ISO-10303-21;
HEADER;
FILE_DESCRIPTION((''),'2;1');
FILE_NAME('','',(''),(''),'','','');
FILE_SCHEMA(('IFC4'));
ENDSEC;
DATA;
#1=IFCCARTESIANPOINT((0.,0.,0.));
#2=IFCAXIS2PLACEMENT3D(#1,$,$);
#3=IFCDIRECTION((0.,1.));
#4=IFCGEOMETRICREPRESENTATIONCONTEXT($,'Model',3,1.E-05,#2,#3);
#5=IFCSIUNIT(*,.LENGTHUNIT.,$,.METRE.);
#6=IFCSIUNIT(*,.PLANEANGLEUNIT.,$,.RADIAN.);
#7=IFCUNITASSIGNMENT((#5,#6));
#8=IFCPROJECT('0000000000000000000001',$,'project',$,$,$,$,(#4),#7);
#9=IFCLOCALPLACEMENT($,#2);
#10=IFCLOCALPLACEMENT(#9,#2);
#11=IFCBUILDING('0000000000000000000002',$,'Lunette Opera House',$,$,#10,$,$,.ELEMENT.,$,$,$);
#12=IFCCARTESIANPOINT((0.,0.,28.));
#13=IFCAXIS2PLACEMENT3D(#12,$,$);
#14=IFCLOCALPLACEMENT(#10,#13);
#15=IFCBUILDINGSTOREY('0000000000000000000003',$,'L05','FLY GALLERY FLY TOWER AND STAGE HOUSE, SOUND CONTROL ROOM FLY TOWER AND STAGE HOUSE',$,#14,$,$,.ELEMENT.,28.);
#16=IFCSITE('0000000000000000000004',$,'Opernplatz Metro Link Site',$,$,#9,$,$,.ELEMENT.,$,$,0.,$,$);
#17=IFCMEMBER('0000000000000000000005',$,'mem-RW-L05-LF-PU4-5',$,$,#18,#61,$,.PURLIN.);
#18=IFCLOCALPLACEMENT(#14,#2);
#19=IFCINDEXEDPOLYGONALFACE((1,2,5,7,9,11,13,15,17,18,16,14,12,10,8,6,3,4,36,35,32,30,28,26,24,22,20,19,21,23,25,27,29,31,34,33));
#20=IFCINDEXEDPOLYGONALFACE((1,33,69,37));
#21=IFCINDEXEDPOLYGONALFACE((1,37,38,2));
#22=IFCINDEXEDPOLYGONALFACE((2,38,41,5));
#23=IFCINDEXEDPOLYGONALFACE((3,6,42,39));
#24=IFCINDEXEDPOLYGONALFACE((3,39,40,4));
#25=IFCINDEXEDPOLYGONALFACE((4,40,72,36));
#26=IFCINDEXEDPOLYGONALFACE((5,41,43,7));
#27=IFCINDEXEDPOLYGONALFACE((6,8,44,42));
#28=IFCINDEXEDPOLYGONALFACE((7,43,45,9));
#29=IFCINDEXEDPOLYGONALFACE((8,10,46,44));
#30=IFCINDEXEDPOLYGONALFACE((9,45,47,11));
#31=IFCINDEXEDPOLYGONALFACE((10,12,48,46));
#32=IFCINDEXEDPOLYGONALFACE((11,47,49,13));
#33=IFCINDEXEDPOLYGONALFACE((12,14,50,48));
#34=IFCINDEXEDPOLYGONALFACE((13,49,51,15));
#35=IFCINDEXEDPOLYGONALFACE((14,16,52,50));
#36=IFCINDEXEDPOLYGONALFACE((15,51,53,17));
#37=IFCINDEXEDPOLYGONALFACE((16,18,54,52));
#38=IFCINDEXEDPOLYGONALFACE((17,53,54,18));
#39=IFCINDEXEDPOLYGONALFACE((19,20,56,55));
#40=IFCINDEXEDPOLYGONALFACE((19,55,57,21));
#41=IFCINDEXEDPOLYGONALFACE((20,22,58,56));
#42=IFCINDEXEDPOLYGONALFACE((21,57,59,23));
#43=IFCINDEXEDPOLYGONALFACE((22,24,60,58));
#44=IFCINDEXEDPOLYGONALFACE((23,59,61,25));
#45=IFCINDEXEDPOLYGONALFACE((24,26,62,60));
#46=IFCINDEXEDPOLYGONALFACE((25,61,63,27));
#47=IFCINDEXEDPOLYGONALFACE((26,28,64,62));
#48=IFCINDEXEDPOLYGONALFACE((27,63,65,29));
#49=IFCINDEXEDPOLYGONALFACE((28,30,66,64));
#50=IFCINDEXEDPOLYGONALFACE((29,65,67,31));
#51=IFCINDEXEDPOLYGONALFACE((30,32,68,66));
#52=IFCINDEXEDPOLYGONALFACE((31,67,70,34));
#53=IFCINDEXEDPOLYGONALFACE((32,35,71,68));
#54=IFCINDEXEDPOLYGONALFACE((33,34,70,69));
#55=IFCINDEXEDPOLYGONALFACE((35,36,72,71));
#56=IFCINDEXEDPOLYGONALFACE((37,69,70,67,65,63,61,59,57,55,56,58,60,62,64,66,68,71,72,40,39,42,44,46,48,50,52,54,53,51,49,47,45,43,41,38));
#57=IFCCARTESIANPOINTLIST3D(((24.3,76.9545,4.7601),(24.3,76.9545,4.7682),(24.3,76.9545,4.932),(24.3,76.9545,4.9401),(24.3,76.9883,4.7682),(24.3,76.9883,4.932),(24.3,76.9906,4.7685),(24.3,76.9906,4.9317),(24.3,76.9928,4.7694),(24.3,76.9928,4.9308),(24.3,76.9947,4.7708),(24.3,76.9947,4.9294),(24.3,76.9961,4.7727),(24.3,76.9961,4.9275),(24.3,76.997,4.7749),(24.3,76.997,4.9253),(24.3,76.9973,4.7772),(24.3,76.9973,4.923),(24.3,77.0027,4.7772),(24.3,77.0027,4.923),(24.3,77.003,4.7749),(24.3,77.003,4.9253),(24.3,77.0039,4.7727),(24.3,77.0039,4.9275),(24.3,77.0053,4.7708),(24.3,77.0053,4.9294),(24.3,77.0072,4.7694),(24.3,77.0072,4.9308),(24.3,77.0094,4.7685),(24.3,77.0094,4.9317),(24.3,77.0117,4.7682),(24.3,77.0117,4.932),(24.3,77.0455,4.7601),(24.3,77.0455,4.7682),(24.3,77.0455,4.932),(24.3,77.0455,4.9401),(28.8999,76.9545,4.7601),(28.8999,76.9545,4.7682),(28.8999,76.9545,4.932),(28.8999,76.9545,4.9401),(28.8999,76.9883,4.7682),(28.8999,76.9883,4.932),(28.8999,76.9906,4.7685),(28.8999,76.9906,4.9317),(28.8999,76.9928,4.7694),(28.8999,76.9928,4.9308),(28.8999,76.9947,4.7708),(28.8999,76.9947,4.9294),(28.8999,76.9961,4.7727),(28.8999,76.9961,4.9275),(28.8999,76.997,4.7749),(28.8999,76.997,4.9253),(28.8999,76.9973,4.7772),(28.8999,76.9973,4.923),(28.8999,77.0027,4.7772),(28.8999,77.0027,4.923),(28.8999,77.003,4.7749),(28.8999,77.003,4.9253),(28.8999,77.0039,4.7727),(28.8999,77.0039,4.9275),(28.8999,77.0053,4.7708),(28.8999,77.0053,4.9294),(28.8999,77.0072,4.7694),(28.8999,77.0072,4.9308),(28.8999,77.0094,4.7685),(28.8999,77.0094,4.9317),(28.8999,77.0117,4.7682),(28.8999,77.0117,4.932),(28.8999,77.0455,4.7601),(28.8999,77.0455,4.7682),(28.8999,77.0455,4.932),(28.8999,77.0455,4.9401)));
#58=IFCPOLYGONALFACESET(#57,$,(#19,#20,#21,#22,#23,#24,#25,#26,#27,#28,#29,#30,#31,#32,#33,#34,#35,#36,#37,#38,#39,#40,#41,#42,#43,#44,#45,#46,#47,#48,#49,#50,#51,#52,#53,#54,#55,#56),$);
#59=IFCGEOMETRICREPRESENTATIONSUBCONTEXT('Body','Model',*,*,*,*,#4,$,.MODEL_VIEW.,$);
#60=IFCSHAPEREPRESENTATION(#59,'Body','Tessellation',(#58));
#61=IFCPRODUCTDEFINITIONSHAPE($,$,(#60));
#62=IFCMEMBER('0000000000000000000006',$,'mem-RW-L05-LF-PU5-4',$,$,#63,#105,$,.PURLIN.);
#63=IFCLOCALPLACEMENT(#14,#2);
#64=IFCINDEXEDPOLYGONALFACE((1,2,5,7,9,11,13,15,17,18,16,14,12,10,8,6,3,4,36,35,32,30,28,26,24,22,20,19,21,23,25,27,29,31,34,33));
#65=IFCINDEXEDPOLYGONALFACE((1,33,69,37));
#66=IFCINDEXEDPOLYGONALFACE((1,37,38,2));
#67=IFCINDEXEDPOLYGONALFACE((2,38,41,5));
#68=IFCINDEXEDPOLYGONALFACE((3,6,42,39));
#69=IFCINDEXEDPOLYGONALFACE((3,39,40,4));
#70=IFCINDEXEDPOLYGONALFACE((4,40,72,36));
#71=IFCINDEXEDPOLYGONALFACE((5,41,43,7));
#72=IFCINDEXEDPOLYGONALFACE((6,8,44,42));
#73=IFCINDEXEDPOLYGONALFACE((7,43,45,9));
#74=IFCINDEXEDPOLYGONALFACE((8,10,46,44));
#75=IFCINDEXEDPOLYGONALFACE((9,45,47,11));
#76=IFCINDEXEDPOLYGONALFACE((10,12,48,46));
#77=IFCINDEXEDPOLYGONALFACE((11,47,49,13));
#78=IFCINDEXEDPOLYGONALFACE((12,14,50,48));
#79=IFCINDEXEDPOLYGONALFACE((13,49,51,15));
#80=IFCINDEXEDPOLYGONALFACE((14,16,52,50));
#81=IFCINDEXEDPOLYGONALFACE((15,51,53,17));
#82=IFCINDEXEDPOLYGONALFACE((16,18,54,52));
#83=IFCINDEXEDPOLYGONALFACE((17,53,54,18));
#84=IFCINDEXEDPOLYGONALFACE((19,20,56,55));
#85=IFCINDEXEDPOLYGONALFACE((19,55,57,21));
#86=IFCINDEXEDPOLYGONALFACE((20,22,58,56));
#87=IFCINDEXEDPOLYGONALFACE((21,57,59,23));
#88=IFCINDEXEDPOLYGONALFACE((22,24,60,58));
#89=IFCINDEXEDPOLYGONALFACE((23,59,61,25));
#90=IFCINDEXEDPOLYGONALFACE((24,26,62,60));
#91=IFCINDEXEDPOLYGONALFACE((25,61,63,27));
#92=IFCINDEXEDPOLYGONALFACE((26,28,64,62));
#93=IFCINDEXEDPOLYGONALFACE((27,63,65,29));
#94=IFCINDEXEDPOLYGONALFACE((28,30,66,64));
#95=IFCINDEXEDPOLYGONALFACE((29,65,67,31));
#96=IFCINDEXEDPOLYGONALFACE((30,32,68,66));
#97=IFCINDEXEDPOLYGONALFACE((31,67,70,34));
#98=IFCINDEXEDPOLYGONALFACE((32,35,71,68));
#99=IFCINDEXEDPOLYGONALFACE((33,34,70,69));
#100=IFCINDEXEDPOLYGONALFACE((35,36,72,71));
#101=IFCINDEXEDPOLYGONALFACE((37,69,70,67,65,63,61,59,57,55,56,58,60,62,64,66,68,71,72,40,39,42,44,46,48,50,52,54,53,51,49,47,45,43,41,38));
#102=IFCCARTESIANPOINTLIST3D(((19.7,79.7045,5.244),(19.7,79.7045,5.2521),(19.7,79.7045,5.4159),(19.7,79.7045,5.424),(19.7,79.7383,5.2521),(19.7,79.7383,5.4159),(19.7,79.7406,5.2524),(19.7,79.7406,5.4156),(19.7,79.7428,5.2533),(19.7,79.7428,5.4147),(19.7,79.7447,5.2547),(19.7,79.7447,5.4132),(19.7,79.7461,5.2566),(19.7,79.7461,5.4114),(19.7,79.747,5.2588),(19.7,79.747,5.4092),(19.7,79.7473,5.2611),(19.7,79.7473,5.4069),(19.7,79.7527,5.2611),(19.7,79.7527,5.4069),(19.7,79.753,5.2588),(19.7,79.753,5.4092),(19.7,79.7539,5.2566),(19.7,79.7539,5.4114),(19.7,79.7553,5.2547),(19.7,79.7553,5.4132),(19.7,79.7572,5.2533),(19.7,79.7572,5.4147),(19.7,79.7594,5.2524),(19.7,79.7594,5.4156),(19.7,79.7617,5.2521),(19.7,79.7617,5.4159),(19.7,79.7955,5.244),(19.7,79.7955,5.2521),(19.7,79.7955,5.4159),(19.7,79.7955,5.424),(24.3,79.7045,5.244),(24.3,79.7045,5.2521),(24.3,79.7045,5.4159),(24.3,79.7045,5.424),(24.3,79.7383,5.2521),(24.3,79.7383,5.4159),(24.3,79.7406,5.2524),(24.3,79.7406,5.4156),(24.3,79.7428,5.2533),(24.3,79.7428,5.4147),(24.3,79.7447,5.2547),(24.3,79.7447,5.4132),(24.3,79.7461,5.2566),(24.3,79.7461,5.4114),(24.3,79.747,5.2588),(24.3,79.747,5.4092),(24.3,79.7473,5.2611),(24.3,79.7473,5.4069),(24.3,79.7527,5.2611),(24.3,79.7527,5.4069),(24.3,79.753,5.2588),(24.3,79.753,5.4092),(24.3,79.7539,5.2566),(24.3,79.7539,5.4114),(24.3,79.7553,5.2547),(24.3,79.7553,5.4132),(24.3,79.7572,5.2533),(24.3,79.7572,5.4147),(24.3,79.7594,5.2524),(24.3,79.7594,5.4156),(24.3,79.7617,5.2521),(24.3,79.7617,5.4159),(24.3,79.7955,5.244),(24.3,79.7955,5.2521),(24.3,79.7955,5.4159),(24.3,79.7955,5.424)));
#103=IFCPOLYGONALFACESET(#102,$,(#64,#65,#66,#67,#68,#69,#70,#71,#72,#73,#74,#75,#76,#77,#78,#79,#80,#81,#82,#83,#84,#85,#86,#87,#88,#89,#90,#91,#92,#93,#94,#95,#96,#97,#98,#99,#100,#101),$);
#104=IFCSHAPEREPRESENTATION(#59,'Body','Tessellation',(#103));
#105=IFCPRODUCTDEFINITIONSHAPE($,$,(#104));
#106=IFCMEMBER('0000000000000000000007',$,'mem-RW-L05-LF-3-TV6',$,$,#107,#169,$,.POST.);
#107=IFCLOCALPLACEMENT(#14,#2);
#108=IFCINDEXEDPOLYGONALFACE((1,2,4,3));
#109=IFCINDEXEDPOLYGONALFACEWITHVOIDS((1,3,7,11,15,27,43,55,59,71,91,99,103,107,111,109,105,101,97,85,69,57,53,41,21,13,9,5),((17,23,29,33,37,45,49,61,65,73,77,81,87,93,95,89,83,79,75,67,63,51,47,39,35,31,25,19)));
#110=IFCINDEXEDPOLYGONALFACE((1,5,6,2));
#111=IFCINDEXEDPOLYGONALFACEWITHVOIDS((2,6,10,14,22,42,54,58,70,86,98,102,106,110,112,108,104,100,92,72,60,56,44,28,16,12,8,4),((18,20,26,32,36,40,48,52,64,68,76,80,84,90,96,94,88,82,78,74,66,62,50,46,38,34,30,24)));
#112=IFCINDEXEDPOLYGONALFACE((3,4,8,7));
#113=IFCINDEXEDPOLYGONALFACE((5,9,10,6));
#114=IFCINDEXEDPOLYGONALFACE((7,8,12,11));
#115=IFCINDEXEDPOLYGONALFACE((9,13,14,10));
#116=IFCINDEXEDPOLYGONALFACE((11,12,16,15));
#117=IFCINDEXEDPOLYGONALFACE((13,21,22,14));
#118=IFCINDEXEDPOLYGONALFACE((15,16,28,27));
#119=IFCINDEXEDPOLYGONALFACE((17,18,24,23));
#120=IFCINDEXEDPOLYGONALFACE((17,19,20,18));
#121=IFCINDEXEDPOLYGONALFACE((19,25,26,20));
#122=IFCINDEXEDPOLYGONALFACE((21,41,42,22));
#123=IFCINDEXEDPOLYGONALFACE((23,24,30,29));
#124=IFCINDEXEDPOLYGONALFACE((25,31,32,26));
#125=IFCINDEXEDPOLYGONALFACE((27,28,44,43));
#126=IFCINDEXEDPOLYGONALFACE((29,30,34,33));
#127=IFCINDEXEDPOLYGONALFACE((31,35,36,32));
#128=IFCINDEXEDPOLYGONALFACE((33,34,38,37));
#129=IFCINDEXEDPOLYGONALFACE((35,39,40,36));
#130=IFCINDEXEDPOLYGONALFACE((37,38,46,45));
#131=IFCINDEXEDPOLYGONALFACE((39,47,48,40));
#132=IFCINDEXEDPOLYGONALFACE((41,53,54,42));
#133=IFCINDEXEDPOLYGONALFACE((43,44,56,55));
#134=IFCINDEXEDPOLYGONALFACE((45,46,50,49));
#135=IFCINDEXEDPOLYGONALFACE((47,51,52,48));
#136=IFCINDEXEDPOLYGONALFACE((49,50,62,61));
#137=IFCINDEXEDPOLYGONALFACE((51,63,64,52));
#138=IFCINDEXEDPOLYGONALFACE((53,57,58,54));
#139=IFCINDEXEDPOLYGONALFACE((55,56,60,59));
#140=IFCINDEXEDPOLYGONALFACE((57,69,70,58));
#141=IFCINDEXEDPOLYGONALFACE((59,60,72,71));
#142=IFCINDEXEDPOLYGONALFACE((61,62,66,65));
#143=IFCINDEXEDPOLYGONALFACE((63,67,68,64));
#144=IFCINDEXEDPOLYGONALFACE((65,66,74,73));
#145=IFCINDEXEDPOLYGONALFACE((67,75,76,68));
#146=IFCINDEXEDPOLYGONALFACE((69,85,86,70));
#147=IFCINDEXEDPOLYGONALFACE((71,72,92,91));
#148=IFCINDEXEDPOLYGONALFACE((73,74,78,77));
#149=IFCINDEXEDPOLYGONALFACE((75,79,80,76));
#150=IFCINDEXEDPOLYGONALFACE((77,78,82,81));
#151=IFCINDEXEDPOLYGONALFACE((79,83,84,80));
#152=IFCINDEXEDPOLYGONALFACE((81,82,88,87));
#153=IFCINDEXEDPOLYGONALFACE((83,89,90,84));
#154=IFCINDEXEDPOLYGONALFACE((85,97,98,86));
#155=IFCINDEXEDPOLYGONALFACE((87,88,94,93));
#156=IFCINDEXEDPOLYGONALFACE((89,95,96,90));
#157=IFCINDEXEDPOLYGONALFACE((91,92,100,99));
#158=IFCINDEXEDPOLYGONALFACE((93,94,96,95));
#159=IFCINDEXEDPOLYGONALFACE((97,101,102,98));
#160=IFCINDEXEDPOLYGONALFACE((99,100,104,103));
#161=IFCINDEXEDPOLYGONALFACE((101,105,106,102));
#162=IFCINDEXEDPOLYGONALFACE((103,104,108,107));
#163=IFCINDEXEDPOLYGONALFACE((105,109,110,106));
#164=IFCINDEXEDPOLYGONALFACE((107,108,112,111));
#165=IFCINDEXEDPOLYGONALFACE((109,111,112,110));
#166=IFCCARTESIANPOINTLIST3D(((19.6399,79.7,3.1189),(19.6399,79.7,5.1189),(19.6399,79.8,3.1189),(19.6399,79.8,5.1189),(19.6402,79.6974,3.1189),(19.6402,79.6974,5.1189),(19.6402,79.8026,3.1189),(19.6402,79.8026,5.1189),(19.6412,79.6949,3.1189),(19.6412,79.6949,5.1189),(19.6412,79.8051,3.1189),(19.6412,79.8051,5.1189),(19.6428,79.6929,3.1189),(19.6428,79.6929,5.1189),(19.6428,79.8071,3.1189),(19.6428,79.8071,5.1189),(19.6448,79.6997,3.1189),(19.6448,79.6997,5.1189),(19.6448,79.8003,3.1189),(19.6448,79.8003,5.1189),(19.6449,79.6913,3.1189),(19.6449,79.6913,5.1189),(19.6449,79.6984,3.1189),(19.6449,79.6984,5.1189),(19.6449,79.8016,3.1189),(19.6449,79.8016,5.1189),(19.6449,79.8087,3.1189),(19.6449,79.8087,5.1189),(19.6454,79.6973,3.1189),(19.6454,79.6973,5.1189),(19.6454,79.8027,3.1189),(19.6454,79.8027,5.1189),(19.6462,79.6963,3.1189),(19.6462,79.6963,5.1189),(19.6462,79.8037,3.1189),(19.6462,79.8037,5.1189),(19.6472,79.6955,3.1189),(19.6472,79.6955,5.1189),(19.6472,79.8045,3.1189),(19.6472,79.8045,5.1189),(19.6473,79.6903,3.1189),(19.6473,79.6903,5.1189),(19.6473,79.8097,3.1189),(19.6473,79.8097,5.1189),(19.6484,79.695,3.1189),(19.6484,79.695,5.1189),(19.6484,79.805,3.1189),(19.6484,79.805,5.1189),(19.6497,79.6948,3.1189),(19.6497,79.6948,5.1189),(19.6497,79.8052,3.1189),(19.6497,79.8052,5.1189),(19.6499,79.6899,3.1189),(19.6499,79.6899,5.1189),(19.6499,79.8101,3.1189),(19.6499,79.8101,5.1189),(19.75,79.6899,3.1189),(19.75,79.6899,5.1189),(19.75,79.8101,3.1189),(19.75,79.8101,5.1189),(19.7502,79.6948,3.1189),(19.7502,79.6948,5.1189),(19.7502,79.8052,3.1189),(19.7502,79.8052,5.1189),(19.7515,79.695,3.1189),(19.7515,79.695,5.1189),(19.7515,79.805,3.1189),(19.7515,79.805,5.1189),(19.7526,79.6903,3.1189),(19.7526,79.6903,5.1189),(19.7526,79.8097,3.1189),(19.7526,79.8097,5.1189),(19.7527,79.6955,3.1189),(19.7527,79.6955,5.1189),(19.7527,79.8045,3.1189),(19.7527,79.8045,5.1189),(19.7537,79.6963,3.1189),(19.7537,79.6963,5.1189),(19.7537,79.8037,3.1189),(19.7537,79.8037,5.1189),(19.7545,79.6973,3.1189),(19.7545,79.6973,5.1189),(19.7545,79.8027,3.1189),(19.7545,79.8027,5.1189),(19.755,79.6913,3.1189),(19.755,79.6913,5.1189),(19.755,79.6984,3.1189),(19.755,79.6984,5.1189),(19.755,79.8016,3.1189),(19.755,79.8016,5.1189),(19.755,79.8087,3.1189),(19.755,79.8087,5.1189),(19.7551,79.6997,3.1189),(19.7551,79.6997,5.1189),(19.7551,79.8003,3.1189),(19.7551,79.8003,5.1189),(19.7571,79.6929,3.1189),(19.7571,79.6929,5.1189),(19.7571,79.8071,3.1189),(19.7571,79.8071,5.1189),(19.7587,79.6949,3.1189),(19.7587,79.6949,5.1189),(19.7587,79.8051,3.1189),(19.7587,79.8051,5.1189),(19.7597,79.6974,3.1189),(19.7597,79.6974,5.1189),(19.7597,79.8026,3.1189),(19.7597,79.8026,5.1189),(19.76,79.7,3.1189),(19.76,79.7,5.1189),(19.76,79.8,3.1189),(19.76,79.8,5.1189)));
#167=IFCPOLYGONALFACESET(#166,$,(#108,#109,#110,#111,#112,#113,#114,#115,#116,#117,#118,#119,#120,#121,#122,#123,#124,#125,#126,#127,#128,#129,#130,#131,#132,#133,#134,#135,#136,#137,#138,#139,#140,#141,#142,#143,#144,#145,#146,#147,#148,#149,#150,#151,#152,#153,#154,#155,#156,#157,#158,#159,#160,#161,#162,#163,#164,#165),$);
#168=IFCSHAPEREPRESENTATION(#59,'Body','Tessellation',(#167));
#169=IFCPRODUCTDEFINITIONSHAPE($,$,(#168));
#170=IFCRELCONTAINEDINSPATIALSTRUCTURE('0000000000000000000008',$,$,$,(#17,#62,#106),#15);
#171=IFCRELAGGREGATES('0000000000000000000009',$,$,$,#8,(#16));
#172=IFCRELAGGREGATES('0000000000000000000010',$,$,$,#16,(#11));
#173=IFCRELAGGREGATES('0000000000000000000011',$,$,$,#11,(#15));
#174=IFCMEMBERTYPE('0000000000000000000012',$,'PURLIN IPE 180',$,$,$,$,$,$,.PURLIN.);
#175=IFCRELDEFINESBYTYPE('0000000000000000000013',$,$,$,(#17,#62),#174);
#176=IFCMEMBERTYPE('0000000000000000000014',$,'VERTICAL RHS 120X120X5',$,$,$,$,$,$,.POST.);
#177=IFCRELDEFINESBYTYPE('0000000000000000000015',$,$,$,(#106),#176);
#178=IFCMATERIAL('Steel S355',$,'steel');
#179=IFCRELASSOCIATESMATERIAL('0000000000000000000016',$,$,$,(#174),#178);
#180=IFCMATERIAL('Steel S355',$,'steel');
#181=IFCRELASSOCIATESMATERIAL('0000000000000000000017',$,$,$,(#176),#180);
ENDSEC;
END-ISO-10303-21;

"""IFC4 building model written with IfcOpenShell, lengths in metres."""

from ifc_helpers import new_model, si_unit, direction, frame, origin, origin_2d, place, context, subcontext, project, spatial, hollow_rectangle, i_section, extrude, material, material_profile, profile_set, type_object, element, save


model = new_model("IFC4")

# Units and contexts
model_context = context("Model", 3, precision=1e-05, world=origin(), true_north=direction((0.0, 1.0)))
body_context = subcontext(model_context, "Body", "Model", "MODEL_VIEW")
ifc_project = project(units=[si_unit("LENGTHUNIT", "METRE"), si_unit("PLANEANGLEUNIT", "RADIAN")], contexts=[model_context])

# Site, building, storey
site_placement = place(None, origin())
site = spatial("IfcSite", under=ifc_project, at=site_placement, Name="Opernplatz Metro Link Site", CompositionType="ELEMENT", RefElevation=0.0)
building_placement = place(site_placement, origin())
building = spatial("IfcBuilding", under=site, at=building_placement, Name="Lunette Opera House", CompositionType="ELEMENT")
storey_placement = place(building_placement, frame((0.0, 0.0, 28.0)))
storey = spatial("IfcBuildingStorey", under=building, at=storey_placement, Name="L05", Description="FLY GALLERY FLY TOWER AND STAGE HOUSE, SOUND CONTROL ROOM FLY TOWER AND STAGE HOUSE", CompositionType="ELEMENT", Elevation=28.0)

# Members
ifc_material_1 = material(Name="Steel S355", Category="steel")
ifc_material_profile_1 = material_profile(ifc_material_1, i_section(OverallWidth=0.0911, OverallDepth=0.1799, WebThickness=0.0054, FlangeThickness=0.0081, FilletRadius=0.009, at=origin_2d()), Name="IPE 180")
ifc_profile_set_1 = profile_set([ifc_material_profile_1], Name="Steel S355")
member_type_1 = type_object("IfcMemberType", Name="PURLIN IPE 180", PredefinedType="PURLIN", material=ifc_profile_set_1)
for number, where, z_axis, x_axis, name in (
    (1, (24.3, 77.0, 4.8501), (1.0, 0.0, 0.0), (0.0, 1.0, 0.0), "mem-RW-L05-LF-PU4-5"),
):
    element("IfcMember", number, at=place(storey_placement, frame(where, z_axis=z_axis, x_axis=x_axis)), inside=storey, type_object=member_type_1, Name=name, PredefinedType="PURLIN", context=body_context, shape_type="SweptSolid", body=[
        extrude(i_section(OverallWidth=0.0911, OverallDepth=0.1799, WebThickness=0.0054, FlangeThickness=0.0081, FilletRadius=0.009, at=origin_2d()), origin(), (0.0, 0.0, 1.0), 4.5999),
    ])
member_1_placement = place(storey_placement, frame((19.7, 79.75, 5.334), z_axis=(1.0, 0.0, 0.0), x_axis=(0.0, 1.0, 0.0)))
element("IfcMember", 2, at=member_1_placement, inside=storey, type_object=member_type_1, Name="mem-RW-L05-LF-PU5-4", PredefinedType="PURLIN", context=body_context, shape_type="SweptSolid", body=[
    extrude(i_section(OverallWidth=0.0911, OverallDepth=0.1799, WebThickness=0.0054, FlangeThickness=0.0081, FilletRadius=0.009, at=origin_2d()), origin(), (0.0, 0.0, 1.0), 4.6001),
])
ifc_material_2 = material(Name="Steel S355", Category="steel")
ifc_material_profile_2 = material_profile(ifc_material_2, hollow_rectangle(XDim=0.1201, YDim=0.1201, WallThickness=0.0049, InnerFilletRadius=0.0049, OuterFilletRadius=0.01, at=origin_2d()), Name="RHS 120X120X5")
ifc_profile_set_2 = profile_set([ifc_material_profile_2], Name="Steel S355")
member_type_2 = type_object("IfcMemberType", Name="VERTICAL RHS 120X120X5", PredefinedType="POST", material=ifc_profile_set_2)
for number, where, z_axis, x_axis, name in (
    (3, (19.7, 79.75, 3.1189), (0.0, 0.0, 1.0), (1.0, 0.0, 0.0), "mem-RW-L05-LF-3-TV6"),
):
    element("IfcMember", number, at=place(storey_placement, frame(where, z_axis=z_axis, x_axis=x_axis)), inside=storey, type_object=member_type_2, Name=name, PredefinedType="POST", context=body_context, shape_type="SweptSolid", body=[
        extrude(hollow_rectangle(XDim=0.1201, YDim=0.1201, WallThickness=0.0049, InnerFilletRadius=0.0049, OuterFilletRadius=0.01, at=origin_2d()), origin(), (0.0, 0.0, 1.0), 2.0),
    ])

save(model, "model.ifc")
